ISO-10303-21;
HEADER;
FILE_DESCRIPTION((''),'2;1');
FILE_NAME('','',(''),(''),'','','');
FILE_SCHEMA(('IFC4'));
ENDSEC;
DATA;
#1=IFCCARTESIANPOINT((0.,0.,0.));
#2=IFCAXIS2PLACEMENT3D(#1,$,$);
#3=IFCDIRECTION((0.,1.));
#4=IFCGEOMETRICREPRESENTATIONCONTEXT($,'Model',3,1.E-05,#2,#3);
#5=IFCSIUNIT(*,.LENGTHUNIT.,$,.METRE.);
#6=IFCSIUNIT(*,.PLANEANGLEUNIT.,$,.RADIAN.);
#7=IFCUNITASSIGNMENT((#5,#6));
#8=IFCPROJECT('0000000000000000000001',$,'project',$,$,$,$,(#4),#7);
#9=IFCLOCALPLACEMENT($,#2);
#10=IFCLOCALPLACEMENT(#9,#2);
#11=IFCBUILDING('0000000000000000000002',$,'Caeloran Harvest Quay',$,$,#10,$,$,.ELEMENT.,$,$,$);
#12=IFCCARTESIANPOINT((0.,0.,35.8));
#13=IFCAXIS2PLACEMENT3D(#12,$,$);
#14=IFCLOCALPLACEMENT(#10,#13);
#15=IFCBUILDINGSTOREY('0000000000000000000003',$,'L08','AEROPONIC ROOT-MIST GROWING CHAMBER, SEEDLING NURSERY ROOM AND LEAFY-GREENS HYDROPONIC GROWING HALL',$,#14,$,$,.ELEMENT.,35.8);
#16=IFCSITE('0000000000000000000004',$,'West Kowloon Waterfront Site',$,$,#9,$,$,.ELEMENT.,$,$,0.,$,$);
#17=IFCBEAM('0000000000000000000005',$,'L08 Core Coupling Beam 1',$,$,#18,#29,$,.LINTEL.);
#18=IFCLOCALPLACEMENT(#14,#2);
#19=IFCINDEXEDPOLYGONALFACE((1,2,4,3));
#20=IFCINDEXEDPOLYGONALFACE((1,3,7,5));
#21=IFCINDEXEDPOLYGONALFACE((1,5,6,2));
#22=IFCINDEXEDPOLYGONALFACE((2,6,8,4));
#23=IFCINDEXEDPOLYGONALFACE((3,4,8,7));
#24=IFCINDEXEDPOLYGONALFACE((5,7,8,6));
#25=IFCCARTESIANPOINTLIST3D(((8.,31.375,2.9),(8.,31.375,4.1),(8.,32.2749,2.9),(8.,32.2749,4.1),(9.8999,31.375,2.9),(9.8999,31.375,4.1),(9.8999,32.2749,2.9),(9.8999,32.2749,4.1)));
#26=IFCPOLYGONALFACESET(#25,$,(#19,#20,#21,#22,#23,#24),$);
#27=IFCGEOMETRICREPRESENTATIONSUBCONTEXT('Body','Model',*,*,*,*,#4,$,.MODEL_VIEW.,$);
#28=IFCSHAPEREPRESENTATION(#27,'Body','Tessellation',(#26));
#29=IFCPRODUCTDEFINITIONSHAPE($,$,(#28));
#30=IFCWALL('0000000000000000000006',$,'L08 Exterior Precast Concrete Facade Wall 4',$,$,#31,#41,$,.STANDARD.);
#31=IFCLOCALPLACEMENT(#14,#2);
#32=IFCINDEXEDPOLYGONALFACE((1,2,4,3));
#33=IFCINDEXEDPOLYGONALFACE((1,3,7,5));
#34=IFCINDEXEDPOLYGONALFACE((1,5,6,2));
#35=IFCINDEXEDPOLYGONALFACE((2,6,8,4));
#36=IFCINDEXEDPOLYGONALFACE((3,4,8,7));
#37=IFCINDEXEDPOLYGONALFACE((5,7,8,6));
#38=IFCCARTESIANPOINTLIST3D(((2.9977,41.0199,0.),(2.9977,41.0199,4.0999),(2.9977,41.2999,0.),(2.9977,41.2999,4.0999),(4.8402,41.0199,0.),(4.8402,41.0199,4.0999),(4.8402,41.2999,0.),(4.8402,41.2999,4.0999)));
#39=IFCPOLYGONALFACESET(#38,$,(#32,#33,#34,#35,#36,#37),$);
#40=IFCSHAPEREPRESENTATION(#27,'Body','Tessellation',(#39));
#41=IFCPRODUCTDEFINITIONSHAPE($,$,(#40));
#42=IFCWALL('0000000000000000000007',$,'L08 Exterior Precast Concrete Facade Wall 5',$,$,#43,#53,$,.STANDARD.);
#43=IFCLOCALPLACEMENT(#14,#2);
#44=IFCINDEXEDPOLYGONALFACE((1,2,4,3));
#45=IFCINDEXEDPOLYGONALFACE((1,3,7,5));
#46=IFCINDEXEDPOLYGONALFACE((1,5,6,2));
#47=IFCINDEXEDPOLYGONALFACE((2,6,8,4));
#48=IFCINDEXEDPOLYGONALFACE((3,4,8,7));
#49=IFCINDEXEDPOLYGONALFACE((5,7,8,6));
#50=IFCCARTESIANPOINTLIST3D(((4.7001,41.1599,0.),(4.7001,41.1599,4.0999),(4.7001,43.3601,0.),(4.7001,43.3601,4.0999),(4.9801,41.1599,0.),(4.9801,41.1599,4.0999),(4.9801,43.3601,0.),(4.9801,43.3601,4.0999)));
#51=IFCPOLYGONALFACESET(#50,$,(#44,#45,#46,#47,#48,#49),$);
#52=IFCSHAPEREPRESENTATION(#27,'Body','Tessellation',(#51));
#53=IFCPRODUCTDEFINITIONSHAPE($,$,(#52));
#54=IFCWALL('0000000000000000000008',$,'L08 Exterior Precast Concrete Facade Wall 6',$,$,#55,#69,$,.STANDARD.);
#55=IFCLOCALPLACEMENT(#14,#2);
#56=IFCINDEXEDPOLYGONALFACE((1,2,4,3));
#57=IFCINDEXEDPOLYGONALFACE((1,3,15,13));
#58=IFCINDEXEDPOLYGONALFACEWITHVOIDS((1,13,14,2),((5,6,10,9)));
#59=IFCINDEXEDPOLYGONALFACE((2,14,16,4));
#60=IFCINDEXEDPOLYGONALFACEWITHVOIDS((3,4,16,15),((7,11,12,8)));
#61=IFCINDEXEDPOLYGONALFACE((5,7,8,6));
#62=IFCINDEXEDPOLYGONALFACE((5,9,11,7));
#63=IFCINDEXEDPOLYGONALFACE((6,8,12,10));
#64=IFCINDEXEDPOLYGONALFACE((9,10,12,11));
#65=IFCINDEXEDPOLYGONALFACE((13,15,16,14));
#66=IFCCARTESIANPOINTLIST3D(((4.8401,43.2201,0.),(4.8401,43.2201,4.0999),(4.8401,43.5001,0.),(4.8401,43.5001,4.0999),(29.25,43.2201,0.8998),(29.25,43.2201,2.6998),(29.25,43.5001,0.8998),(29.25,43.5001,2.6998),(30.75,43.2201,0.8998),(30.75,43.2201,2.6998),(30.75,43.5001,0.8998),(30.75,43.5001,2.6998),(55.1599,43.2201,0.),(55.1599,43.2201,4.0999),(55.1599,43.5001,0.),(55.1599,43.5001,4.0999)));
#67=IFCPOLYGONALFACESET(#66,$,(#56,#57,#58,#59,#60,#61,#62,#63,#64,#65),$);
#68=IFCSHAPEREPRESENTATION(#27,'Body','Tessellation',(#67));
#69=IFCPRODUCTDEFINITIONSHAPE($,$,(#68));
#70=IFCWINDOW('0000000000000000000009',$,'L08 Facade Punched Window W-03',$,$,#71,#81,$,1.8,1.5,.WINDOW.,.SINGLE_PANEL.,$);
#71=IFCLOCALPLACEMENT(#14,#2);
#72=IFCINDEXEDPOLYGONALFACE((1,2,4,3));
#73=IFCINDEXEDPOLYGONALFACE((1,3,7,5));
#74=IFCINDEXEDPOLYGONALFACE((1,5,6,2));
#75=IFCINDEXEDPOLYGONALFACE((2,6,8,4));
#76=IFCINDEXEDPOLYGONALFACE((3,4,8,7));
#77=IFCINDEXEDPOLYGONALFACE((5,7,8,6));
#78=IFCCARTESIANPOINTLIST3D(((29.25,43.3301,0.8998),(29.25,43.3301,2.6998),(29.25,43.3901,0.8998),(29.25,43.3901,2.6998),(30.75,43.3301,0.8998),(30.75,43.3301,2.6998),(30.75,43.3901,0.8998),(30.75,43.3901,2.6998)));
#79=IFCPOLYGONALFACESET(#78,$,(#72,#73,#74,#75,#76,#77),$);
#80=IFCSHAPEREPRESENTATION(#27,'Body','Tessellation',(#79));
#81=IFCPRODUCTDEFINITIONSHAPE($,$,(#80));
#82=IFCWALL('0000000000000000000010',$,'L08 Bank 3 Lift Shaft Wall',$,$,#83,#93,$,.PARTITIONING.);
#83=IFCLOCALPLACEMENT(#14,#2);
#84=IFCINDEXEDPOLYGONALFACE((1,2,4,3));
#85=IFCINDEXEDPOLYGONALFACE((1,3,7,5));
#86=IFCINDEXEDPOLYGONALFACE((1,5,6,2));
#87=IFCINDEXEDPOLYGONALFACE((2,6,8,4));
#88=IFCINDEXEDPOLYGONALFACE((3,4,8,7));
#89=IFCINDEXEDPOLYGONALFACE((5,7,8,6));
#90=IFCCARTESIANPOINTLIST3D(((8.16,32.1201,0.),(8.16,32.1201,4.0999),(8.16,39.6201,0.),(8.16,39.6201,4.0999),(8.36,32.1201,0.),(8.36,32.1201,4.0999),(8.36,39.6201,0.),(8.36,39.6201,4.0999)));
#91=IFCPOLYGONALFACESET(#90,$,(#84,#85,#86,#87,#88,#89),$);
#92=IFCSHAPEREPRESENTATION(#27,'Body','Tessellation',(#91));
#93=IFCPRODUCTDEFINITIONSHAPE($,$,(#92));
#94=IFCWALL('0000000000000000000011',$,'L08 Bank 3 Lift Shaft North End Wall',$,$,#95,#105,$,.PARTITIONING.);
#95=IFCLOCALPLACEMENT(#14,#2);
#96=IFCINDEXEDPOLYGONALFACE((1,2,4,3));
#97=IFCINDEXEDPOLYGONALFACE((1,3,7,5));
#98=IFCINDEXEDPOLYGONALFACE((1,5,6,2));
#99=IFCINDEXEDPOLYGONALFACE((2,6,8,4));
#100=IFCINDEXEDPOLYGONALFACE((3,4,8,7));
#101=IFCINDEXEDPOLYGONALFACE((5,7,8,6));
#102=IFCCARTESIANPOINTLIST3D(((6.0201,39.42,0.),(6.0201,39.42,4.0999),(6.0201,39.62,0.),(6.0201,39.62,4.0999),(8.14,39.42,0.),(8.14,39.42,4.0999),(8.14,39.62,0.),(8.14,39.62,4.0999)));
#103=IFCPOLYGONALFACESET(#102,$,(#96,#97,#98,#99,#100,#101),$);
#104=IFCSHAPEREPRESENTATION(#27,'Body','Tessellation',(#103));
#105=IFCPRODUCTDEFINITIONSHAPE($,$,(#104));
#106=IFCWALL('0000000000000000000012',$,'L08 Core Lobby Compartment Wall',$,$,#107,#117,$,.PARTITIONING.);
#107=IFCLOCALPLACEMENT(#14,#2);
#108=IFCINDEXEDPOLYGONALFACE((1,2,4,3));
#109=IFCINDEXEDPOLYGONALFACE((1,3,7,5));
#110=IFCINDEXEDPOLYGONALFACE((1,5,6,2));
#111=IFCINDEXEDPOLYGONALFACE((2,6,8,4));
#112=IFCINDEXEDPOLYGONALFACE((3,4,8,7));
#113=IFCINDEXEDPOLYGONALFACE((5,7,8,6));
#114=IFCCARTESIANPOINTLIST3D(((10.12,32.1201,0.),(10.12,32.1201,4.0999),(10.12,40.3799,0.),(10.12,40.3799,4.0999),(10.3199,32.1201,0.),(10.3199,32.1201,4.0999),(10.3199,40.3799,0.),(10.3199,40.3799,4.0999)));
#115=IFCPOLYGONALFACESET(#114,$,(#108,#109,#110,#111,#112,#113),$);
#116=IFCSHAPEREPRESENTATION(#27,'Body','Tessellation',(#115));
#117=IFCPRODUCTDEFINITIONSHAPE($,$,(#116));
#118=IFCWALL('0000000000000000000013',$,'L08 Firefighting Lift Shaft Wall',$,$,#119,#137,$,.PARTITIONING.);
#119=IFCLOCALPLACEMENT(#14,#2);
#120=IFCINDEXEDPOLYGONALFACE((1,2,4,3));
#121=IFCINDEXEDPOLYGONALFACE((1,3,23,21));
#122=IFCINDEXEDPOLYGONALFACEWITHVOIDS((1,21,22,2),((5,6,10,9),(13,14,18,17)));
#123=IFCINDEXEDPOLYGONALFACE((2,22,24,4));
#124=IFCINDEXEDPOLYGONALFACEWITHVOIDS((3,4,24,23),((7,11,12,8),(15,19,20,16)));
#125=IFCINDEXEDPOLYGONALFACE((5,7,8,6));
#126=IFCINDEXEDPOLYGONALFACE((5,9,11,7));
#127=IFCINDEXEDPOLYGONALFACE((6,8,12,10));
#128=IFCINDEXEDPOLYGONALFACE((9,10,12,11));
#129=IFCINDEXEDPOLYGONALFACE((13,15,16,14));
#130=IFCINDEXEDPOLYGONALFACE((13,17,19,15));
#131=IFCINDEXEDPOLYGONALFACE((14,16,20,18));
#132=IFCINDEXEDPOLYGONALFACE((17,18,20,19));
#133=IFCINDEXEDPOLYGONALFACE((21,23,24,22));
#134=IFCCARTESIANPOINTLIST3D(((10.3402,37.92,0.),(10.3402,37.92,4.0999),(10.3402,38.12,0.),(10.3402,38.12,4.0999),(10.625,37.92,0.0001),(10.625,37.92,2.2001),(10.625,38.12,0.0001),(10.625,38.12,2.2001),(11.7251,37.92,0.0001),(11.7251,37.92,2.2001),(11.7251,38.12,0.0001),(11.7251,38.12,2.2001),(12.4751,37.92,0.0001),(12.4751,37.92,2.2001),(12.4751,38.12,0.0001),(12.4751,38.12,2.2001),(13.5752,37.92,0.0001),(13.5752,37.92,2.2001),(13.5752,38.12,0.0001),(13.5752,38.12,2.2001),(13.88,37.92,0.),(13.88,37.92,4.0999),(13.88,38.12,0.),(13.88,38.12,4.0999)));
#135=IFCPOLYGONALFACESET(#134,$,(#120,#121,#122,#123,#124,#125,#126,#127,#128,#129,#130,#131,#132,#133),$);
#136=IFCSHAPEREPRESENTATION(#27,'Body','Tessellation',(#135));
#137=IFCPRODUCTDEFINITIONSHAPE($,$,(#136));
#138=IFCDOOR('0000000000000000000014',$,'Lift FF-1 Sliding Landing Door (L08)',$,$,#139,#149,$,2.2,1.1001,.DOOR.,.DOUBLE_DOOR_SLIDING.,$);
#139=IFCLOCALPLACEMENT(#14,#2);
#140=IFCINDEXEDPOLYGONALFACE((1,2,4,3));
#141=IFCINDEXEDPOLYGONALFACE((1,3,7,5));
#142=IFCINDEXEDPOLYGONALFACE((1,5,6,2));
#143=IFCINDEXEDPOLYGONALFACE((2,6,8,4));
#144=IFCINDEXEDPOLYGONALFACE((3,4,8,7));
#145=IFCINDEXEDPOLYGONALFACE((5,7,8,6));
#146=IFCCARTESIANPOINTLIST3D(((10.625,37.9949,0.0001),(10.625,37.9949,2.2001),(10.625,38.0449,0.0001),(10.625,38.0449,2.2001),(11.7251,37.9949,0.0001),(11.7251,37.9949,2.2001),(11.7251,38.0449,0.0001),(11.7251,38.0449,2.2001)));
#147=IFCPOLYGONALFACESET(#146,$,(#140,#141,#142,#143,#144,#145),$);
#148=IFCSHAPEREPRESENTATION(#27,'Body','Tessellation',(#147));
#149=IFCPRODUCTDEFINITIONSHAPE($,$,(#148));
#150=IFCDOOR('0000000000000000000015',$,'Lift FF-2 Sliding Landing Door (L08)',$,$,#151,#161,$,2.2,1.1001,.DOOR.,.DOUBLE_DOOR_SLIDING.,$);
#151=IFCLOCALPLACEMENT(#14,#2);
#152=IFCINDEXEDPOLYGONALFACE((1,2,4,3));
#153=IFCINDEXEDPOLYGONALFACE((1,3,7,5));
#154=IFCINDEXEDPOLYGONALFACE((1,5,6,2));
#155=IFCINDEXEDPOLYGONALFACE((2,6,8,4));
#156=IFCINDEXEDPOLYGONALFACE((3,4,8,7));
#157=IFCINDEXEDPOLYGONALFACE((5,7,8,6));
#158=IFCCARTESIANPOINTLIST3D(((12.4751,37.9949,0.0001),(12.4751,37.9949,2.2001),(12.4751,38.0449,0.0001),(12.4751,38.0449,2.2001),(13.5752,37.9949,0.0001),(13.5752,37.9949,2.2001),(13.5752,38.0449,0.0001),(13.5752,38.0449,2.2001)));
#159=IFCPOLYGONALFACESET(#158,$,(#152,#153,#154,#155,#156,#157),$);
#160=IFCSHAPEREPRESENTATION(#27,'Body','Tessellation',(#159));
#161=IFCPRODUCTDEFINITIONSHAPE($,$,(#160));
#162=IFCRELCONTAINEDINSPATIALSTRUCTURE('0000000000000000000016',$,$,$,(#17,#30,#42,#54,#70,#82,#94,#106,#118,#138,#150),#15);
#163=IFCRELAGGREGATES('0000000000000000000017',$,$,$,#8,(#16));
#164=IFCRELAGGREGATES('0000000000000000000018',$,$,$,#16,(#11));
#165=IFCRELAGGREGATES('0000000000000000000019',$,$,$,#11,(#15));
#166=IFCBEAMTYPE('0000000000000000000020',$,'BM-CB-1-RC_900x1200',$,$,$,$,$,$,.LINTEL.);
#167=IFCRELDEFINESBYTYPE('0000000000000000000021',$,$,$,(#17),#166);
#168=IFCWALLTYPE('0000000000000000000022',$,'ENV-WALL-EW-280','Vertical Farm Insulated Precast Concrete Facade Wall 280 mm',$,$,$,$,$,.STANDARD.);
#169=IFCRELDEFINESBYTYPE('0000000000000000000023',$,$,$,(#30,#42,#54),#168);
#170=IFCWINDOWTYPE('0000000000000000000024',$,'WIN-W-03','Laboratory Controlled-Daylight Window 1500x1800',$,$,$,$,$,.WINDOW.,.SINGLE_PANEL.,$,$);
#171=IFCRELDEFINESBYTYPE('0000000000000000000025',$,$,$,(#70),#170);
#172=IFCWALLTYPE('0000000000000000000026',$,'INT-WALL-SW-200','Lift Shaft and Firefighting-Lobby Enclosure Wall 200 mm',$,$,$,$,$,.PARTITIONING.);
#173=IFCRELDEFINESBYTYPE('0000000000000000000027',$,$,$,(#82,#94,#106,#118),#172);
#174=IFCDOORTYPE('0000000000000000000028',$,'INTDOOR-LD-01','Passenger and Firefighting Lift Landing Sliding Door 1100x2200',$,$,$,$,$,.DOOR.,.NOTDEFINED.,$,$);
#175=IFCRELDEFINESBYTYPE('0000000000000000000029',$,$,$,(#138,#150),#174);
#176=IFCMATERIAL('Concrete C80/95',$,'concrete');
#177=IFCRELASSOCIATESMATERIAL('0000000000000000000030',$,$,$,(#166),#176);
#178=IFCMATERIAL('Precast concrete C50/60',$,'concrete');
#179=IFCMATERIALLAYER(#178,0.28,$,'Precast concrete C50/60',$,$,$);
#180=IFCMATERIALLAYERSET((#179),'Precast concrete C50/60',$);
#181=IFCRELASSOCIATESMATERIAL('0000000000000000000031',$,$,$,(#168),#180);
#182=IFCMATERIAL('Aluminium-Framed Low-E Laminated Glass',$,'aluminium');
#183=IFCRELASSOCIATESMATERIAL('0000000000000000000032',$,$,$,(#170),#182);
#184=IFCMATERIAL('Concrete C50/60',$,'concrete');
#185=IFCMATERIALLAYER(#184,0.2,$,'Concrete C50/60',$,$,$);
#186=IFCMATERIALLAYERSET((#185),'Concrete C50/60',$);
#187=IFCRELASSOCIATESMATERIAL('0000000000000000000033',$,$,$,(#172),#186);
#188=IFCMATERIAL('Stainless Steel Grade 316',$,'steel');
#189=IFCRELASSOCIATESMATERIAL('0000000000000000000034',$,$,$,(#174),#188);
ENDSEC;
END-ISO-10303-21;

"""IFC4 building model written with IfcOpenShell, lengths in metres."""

from ifc_helpers import new_model, si_unit, direction, frame, frame_2d, origin, origin_2d, place, context, subcontext, project, spatial, rectangle, extrude, material, layer, layer_set, material_profile, profile_set, type_object, element, fill, save


model = new_model("IFC4")

# Units and contexts
model_context = context("Model", 3, precision=1e-05, world=origin(), true_north=direction((0.0, 1.0)))
body_context = subcontext(model_context, "Body", "Model", "MODEL_VIEW")
ifc_project = project(units=[si_unit("LENGTHUNIT", "METRE"), si_unit("PLANEANGLEUNIT", "RADIAN")], contexts=[model_context])

# Site, building, storey
site_placement = place(None, origin())
site = spatial("IfcSite", under=ifc_project, at=site_placement, Name="West Kowloon Waterfront Site", CompositionType="ELEMENT", RefElevation=0.0)
building_placement = place(site_placement, origin())
building = spatial("IfcBuilding", under=site, at=building_placement, Name="Caeloran Harvest Quay", CompositionType="ELEMENT")
storey_placement = place(building_placement, frame((0.0, 0.0, 35.8)))
storey = spatial("IfcBuildingStorey", under=building, at=storey_placement, Name="L08", Description="AEROPONIC ROOT-MIST GROWING CHAMBER, SEEDLING NURSERY ROOM AND LEAFY-GREENS HYDROPONIC GROWING HALL", CompositionType="ELEMENT", Elevation=35.8)

# Beam
ifc_material_1 = material(Name="Concrete C80/95", Category="concrete")
ifc_material_profile = material_profile(ifc_material_1, rectangle(XDim=0.8999, YDim=1.2, at=origin_2d()), Name="RC 900x1200")
ifc_profile_set = profile_set([ifc_material_profile], Name="Concrete C80/95")
beam_type = type_object("IfcBeamType", Name="BM-CB-1-RC_900x1200", PredefinedType="LINTEL", material=ifc_profile_set)
beam_placement = place(storey_placement, frame((8.0, 31.825, 3.5), z_axis=(1.0, 0.0, 0.0), x_axis=(0.0, 1.0, 0.0)))
element("IfcBeam", 1, at=beam_placement, inside=storey, type_object=beam_type, Name="L08 Core Coupling Beam 1", PredefinedType="LINTEL", context=body_context, shape_type="SweptSolid", body=[
    extrude(rectangle(XDim=0.8999, YDim=1.2, at=origin_2d()), origin(), (0.0, 0.0, 1.0), 1.8999),
])

# Walls
ifc_material_2 = material(Name="Precast concrete C50/60", Category="concrete")
ifc_layer_1 = layer(ifc_material_2, 0.28, Name="Precast concrete C50/60")
ifc_layer_set_1 = layer_set([ifc_layer_1], Name="Precast concrete C50/60")
wall_type_1 = type_object("IfcWallType", Name="ENV-WALL-EW-280", Description="Vertical Farm Insulated Precast Concrete Facade Wall 280 mm", PredefinedType="STANDARD", material=ifc_layer_set_1)
wall_1_placement = place(storey_placement, frame((2.9976, 41.1599, 0.0), z_axis=(0.0, 0.0, 1.0), x_axis=(1.0, 0.0, 0.0)))
element("IfcWall", 2, at=wall_1_placement, inside=storey, type_object=wall_type_1, Name="L08 Exterior Precast Concrete Facade Wall 4", PredefinedType="STANDARD", context=body_context, shape_type="SweptSolid", body=[
    extrude(rectangle(XDim=1.8425, YDim=0.28, at=frame_2d((0.9214, 0.0))), origin(), (0.0, 0.0, 1.0), 4.0999),
])
wall_2_placement = place(storey_placement, frame((4.8401, 41.1599, 0.0), z_axis=(0.0, 0.0, 1.0), x_axis=(0.0, 1.0, 0.0)))
element("IfcWall", 3, at=wall_2_placement, inside=storey, type_object=wall_type_1, Name="L08 Exterior Precast Concrete Facade Wall 5", PredefinedType="STANDARD", context=body_context, shape_type="SweptSolid", body=[
    extrude(rectangle(XDim=2.2002, YDim=0.28, at=frame_2d((1.1001, 0.0))), origin(), (0.0, 0.0, 1.0), 4.0999),
])

# Wall, opening, window
wall_3_placement = place(storey_placement, frame((4.8401, 43.3601, 0.0), z_axis=(0.0, 0.0, 1.0), x_axis=(1.0, 0.0, 0.0)))
wall_3 = element("IfcWall", 4, at=wall_3_placement, inside=storey, type_object=wall_type_1, Name="L08 Exterior Precast Concrete Facade Wall 6", PredefinedType="STANDARD", context=body_context, shape_type="SweptSolid", body=[
    extrude(rectangle(XDim=50.3198, YDim=0.28, at=frame_2d((25.1599, 0.0))), origin(), (0.0, 0.0, 1.0), 4.0999),
])
opening_1_placement = place(wall_3_placement, frame((24.4099, 0.0, 0.8999)))
opening_1 = element("IfcOpeningElement", 5, at=opening_1_placement, cuts=wall_3, PredefinedType="OPENING", context=body_context, shape_type="SweptSolid", body=[
    extrude(rectangle(XDim=1.5, YDim=1.8, at=frame_2d((0.75, 0.8999))), frame((0.0, 0.1499, 0.0), z_axis=(0.0, -1.0, 0.0), x_axis=(1.0, 0.0, 0.0)), (0.0, 0.0, 1.0), 0.3),
])
ifc_material_3 = material(Name="Aluminium-Framed Low-E Laminated Glass", Category="aluminium")
window_type = type_object("IfcWindowType", Name="WIN-W-03", Description="Laboratory Controlled-Daylight Window 1500x1800", PartitioningType="SINGLE_PANEL", PredefinedType="WINDOW", material=ifc_material_3)
window_placement = place(opening_1_placement, origin())
window = element("IfcWindow", 6, at=window_placement, inside=storey, type_object=window_type, Name="L08 Facade Punched Window W-03", OverallHeight=1.8, OverallWidth=1.5, PartitioningType="SINGLE_PANEL", PredefinedType="WINDOW", context=body_context, shape_type="SweptSolid", body=[
    extrude(rectangle(XDim=1.5, YDim=1.8, at=frame_2d((0.75, 0.8999))), frame((0.0, 0.03, 0.0), z_axis=(0.0, -1.0, 0.0), x_axis=(1.0, 0.0, 0.0)), (0.0, 0.0, 1.0), 0.0601),
])
fill(opening_1, window)

# Walls
ifc_material_4 = material(Name="Concrete C50/60", Category="concrete")
ifc_layer_2 = layer(ifc_material_4, 0.2, Name="Concrete C50/60")
ifc_layer_set_2 = layer_set([ifc_layer_2], Name="Concrete C50/60")
wall_type_2 = type_object("IfcWallType", Name="INT-WALL-SW-200", Description="Lift Shaft and Firefighting-Lobby Enclosure Wall 200 mm", PredefinedType="PARTITIONING", material=ifc_layer_set_2)
wall_4_placement = place(storey_placement, frame((8.26, 32.1201, 0.0), z_axis=(0.0, 0.0, 1.0), x_axis=(0.0, 1.0, 0.0)))
element("IfcWall", 7, at=wall_4_placement, inside=storey, type_object=wall_type_2, Name="L08 Bank 3 Lift Shaft Wall", PredefinedType="PARTITIONING", context=body_context, shape_type="SweptSolid", body=[
    extrude(rectangle(XDim=7.5, YDim=0.2, at=frame_2d((3.75, 0.0))), origin(), (0.0, 0.0, 1.0), 4.0999),
])
wall_5_placement = place(storey_placement, frame((6.02, 39.52, 0.0), z_axis=(0.0, 0.0, 1.0), x_axis=(1.0, 0.0, 0.0)))
element("IfcWall", 8, at=wall_5_placement, inside=storey, type_object=wall_type_2, Name="L08 Bank 3 Lift Shaft North End Wall", PredefinedType="PARTITIONING", context=body_context, shape_type="SweptSolid", body=[
    extrude(rectangle(XDim=2.1199, YDim=0.2, at=frame_2d((1.0601, 0.0))), origin(), (0.0, 0.0, 1.0), 4.0999),
])
wall_6_placement = place(storey_placement, frame((10.22, 32.1201, 0.0), z_axis=(0.0, 0.0, 1.0), x_axis=(0.0, 1.0, 0.0)))
element("IfcWall", 9, at=wall_6_placement, inside=storey, type_object=wall_type_2, Name="L08 Core Lobby Compartment Wall", PredefinedType="PARTITIONING", context=body_context, shape_type="SweptSolid", body=[
    extrude(rectangle(XDim=8.2598, YDim=0.2, at=frame_2d((4.1299, 0.0))), origin(), (0.0, 0.0, 1.0), 4.0999),
])

# Wall, openings, doors
wall_7_placement = place(storey_placement, frame((10.3401, 38.02, 0.0), z_axis=(0.0, 0.0, 1.0), x_axis=(1.0, 0.0, 0.0)))
wall_7 = element("IfcWall", 10, at=wall_7_placement, inside=storey, type_object=wall_type_2, Name="L08 Firefighting Lift Shaft Wall", PredefinedType="PARTITIONING", context=body_context, shape_type="SweptSolid", body=[
    extrude(rectangle(XDim=3.5398, YDim=0.2, at=frame_2d((1.77, 0.0))), origin(), (0.0, 0.0, 1.0), 4.0999),
])
opening_2_placement = place(wall_7_placement, frame((0.2849, 0.0, 0.0)))
opening_2 = element("IfcOpeningElement", 11, at=opening_2_placement, cuts=wall_7, PredefinedType="OPENING", context=body_context, shape_type="SweptSolid", body=[
    extrude(rectangle(XDim=1.1001, YDim=2.2, at=frame_2d((0.55, 1.1001))), frame((0.0, 0.1099, 0.0), z_axis=(0.0, -1.0, 0.0), x_axis=(1.0, 0.0, 0.0)), (0.0, 0.0, 1.0), 0.22),
])
opening_3_placement = place(wall_7_placement, frame((2.135, 0.0, 0.0)))
opening_3 = element("IfcOpeningElement", 12, at=opening_3_placement, cuts=wall_7, PredefinedType="OPENING", context=body_context, shape_type="SweptSolid", body=[
    extrude(rectangle(XDim=1.1001, YDim=2.2, at=frame_2d((0.55, 1.1001))), frame((0.0, 0.1099, 0.0), z_axis=(0.0, -1.0, 0.0), x_axis=(1.0, 0.0, 0.0)), (0.0, 0.0, 1.0), 0.22),
])
ifc_material_5 = material(Name="Stainless Steel Grade 316", Category="steel")
door_type_1 = type_object("IfcDoorType", Name="INTDOOR-LD-01", Description="Passenger and Firefighting Lift Landing Sliding Door 1100x2200", OperationType="NOTDEFINED", PredefinedType="DOOR", material=ifc_material_5)
door_1_placement = place(opening_2_placement, origin())
door_1 = element("IfcDoor", 13, at=door_1_placement, inside=storey, type_object=door_type_1, Name="Lift FF-1 Sliding Landing Door (L08)", OperationType="DOUBLE_DOOR_SLIDING", OverallHeight=2.2, OverallWidth=1.1001, PredefinedType="DOOR", context=body_context, shape_type="SweptSolid", body=[
    extrude(rectangle(XDim=1.1001, YDim=2.2, at=frame_2d((0.55, 1.1001))), frame((0.0, 0.0249, 0.0), z_axis=(0.0, -1.0, 0.0), x_axis=(1.0, 0.0, 0.0)), (0.0, 0.0, 1.0), 0.05),
])
fill(opening_2, door_1)
door_2_placement = place(opening_3_placement, origin())
door_2 = element("IfcDoor", 14, at=door_2_placement, inside=storey, type_object=door_type_1, Name="Lift FF-2 Sliding Landing Door (L08)", OperationType="DOUBLE_DOOR_SLIDING", OverallHeight=2.2, OverallWidth=1.1001, PredefinedType="DOOR", context=body_context, shape_type="SweptSolid", body=[
    extrude(rectangle(XDim=1.1001, YDim=2.2, at=frame_2d((0.55, 1.1001))), frame((0.0, 0.0249, 0.0), z_axis=(0.0, -1.0, 0.0), x_axis=(1.0, 0.0, 0.0)), (0.0, 0.0, 1.0), 0.05),
])
fill(opening_3, door_2)

save(model, "model.ifc")
